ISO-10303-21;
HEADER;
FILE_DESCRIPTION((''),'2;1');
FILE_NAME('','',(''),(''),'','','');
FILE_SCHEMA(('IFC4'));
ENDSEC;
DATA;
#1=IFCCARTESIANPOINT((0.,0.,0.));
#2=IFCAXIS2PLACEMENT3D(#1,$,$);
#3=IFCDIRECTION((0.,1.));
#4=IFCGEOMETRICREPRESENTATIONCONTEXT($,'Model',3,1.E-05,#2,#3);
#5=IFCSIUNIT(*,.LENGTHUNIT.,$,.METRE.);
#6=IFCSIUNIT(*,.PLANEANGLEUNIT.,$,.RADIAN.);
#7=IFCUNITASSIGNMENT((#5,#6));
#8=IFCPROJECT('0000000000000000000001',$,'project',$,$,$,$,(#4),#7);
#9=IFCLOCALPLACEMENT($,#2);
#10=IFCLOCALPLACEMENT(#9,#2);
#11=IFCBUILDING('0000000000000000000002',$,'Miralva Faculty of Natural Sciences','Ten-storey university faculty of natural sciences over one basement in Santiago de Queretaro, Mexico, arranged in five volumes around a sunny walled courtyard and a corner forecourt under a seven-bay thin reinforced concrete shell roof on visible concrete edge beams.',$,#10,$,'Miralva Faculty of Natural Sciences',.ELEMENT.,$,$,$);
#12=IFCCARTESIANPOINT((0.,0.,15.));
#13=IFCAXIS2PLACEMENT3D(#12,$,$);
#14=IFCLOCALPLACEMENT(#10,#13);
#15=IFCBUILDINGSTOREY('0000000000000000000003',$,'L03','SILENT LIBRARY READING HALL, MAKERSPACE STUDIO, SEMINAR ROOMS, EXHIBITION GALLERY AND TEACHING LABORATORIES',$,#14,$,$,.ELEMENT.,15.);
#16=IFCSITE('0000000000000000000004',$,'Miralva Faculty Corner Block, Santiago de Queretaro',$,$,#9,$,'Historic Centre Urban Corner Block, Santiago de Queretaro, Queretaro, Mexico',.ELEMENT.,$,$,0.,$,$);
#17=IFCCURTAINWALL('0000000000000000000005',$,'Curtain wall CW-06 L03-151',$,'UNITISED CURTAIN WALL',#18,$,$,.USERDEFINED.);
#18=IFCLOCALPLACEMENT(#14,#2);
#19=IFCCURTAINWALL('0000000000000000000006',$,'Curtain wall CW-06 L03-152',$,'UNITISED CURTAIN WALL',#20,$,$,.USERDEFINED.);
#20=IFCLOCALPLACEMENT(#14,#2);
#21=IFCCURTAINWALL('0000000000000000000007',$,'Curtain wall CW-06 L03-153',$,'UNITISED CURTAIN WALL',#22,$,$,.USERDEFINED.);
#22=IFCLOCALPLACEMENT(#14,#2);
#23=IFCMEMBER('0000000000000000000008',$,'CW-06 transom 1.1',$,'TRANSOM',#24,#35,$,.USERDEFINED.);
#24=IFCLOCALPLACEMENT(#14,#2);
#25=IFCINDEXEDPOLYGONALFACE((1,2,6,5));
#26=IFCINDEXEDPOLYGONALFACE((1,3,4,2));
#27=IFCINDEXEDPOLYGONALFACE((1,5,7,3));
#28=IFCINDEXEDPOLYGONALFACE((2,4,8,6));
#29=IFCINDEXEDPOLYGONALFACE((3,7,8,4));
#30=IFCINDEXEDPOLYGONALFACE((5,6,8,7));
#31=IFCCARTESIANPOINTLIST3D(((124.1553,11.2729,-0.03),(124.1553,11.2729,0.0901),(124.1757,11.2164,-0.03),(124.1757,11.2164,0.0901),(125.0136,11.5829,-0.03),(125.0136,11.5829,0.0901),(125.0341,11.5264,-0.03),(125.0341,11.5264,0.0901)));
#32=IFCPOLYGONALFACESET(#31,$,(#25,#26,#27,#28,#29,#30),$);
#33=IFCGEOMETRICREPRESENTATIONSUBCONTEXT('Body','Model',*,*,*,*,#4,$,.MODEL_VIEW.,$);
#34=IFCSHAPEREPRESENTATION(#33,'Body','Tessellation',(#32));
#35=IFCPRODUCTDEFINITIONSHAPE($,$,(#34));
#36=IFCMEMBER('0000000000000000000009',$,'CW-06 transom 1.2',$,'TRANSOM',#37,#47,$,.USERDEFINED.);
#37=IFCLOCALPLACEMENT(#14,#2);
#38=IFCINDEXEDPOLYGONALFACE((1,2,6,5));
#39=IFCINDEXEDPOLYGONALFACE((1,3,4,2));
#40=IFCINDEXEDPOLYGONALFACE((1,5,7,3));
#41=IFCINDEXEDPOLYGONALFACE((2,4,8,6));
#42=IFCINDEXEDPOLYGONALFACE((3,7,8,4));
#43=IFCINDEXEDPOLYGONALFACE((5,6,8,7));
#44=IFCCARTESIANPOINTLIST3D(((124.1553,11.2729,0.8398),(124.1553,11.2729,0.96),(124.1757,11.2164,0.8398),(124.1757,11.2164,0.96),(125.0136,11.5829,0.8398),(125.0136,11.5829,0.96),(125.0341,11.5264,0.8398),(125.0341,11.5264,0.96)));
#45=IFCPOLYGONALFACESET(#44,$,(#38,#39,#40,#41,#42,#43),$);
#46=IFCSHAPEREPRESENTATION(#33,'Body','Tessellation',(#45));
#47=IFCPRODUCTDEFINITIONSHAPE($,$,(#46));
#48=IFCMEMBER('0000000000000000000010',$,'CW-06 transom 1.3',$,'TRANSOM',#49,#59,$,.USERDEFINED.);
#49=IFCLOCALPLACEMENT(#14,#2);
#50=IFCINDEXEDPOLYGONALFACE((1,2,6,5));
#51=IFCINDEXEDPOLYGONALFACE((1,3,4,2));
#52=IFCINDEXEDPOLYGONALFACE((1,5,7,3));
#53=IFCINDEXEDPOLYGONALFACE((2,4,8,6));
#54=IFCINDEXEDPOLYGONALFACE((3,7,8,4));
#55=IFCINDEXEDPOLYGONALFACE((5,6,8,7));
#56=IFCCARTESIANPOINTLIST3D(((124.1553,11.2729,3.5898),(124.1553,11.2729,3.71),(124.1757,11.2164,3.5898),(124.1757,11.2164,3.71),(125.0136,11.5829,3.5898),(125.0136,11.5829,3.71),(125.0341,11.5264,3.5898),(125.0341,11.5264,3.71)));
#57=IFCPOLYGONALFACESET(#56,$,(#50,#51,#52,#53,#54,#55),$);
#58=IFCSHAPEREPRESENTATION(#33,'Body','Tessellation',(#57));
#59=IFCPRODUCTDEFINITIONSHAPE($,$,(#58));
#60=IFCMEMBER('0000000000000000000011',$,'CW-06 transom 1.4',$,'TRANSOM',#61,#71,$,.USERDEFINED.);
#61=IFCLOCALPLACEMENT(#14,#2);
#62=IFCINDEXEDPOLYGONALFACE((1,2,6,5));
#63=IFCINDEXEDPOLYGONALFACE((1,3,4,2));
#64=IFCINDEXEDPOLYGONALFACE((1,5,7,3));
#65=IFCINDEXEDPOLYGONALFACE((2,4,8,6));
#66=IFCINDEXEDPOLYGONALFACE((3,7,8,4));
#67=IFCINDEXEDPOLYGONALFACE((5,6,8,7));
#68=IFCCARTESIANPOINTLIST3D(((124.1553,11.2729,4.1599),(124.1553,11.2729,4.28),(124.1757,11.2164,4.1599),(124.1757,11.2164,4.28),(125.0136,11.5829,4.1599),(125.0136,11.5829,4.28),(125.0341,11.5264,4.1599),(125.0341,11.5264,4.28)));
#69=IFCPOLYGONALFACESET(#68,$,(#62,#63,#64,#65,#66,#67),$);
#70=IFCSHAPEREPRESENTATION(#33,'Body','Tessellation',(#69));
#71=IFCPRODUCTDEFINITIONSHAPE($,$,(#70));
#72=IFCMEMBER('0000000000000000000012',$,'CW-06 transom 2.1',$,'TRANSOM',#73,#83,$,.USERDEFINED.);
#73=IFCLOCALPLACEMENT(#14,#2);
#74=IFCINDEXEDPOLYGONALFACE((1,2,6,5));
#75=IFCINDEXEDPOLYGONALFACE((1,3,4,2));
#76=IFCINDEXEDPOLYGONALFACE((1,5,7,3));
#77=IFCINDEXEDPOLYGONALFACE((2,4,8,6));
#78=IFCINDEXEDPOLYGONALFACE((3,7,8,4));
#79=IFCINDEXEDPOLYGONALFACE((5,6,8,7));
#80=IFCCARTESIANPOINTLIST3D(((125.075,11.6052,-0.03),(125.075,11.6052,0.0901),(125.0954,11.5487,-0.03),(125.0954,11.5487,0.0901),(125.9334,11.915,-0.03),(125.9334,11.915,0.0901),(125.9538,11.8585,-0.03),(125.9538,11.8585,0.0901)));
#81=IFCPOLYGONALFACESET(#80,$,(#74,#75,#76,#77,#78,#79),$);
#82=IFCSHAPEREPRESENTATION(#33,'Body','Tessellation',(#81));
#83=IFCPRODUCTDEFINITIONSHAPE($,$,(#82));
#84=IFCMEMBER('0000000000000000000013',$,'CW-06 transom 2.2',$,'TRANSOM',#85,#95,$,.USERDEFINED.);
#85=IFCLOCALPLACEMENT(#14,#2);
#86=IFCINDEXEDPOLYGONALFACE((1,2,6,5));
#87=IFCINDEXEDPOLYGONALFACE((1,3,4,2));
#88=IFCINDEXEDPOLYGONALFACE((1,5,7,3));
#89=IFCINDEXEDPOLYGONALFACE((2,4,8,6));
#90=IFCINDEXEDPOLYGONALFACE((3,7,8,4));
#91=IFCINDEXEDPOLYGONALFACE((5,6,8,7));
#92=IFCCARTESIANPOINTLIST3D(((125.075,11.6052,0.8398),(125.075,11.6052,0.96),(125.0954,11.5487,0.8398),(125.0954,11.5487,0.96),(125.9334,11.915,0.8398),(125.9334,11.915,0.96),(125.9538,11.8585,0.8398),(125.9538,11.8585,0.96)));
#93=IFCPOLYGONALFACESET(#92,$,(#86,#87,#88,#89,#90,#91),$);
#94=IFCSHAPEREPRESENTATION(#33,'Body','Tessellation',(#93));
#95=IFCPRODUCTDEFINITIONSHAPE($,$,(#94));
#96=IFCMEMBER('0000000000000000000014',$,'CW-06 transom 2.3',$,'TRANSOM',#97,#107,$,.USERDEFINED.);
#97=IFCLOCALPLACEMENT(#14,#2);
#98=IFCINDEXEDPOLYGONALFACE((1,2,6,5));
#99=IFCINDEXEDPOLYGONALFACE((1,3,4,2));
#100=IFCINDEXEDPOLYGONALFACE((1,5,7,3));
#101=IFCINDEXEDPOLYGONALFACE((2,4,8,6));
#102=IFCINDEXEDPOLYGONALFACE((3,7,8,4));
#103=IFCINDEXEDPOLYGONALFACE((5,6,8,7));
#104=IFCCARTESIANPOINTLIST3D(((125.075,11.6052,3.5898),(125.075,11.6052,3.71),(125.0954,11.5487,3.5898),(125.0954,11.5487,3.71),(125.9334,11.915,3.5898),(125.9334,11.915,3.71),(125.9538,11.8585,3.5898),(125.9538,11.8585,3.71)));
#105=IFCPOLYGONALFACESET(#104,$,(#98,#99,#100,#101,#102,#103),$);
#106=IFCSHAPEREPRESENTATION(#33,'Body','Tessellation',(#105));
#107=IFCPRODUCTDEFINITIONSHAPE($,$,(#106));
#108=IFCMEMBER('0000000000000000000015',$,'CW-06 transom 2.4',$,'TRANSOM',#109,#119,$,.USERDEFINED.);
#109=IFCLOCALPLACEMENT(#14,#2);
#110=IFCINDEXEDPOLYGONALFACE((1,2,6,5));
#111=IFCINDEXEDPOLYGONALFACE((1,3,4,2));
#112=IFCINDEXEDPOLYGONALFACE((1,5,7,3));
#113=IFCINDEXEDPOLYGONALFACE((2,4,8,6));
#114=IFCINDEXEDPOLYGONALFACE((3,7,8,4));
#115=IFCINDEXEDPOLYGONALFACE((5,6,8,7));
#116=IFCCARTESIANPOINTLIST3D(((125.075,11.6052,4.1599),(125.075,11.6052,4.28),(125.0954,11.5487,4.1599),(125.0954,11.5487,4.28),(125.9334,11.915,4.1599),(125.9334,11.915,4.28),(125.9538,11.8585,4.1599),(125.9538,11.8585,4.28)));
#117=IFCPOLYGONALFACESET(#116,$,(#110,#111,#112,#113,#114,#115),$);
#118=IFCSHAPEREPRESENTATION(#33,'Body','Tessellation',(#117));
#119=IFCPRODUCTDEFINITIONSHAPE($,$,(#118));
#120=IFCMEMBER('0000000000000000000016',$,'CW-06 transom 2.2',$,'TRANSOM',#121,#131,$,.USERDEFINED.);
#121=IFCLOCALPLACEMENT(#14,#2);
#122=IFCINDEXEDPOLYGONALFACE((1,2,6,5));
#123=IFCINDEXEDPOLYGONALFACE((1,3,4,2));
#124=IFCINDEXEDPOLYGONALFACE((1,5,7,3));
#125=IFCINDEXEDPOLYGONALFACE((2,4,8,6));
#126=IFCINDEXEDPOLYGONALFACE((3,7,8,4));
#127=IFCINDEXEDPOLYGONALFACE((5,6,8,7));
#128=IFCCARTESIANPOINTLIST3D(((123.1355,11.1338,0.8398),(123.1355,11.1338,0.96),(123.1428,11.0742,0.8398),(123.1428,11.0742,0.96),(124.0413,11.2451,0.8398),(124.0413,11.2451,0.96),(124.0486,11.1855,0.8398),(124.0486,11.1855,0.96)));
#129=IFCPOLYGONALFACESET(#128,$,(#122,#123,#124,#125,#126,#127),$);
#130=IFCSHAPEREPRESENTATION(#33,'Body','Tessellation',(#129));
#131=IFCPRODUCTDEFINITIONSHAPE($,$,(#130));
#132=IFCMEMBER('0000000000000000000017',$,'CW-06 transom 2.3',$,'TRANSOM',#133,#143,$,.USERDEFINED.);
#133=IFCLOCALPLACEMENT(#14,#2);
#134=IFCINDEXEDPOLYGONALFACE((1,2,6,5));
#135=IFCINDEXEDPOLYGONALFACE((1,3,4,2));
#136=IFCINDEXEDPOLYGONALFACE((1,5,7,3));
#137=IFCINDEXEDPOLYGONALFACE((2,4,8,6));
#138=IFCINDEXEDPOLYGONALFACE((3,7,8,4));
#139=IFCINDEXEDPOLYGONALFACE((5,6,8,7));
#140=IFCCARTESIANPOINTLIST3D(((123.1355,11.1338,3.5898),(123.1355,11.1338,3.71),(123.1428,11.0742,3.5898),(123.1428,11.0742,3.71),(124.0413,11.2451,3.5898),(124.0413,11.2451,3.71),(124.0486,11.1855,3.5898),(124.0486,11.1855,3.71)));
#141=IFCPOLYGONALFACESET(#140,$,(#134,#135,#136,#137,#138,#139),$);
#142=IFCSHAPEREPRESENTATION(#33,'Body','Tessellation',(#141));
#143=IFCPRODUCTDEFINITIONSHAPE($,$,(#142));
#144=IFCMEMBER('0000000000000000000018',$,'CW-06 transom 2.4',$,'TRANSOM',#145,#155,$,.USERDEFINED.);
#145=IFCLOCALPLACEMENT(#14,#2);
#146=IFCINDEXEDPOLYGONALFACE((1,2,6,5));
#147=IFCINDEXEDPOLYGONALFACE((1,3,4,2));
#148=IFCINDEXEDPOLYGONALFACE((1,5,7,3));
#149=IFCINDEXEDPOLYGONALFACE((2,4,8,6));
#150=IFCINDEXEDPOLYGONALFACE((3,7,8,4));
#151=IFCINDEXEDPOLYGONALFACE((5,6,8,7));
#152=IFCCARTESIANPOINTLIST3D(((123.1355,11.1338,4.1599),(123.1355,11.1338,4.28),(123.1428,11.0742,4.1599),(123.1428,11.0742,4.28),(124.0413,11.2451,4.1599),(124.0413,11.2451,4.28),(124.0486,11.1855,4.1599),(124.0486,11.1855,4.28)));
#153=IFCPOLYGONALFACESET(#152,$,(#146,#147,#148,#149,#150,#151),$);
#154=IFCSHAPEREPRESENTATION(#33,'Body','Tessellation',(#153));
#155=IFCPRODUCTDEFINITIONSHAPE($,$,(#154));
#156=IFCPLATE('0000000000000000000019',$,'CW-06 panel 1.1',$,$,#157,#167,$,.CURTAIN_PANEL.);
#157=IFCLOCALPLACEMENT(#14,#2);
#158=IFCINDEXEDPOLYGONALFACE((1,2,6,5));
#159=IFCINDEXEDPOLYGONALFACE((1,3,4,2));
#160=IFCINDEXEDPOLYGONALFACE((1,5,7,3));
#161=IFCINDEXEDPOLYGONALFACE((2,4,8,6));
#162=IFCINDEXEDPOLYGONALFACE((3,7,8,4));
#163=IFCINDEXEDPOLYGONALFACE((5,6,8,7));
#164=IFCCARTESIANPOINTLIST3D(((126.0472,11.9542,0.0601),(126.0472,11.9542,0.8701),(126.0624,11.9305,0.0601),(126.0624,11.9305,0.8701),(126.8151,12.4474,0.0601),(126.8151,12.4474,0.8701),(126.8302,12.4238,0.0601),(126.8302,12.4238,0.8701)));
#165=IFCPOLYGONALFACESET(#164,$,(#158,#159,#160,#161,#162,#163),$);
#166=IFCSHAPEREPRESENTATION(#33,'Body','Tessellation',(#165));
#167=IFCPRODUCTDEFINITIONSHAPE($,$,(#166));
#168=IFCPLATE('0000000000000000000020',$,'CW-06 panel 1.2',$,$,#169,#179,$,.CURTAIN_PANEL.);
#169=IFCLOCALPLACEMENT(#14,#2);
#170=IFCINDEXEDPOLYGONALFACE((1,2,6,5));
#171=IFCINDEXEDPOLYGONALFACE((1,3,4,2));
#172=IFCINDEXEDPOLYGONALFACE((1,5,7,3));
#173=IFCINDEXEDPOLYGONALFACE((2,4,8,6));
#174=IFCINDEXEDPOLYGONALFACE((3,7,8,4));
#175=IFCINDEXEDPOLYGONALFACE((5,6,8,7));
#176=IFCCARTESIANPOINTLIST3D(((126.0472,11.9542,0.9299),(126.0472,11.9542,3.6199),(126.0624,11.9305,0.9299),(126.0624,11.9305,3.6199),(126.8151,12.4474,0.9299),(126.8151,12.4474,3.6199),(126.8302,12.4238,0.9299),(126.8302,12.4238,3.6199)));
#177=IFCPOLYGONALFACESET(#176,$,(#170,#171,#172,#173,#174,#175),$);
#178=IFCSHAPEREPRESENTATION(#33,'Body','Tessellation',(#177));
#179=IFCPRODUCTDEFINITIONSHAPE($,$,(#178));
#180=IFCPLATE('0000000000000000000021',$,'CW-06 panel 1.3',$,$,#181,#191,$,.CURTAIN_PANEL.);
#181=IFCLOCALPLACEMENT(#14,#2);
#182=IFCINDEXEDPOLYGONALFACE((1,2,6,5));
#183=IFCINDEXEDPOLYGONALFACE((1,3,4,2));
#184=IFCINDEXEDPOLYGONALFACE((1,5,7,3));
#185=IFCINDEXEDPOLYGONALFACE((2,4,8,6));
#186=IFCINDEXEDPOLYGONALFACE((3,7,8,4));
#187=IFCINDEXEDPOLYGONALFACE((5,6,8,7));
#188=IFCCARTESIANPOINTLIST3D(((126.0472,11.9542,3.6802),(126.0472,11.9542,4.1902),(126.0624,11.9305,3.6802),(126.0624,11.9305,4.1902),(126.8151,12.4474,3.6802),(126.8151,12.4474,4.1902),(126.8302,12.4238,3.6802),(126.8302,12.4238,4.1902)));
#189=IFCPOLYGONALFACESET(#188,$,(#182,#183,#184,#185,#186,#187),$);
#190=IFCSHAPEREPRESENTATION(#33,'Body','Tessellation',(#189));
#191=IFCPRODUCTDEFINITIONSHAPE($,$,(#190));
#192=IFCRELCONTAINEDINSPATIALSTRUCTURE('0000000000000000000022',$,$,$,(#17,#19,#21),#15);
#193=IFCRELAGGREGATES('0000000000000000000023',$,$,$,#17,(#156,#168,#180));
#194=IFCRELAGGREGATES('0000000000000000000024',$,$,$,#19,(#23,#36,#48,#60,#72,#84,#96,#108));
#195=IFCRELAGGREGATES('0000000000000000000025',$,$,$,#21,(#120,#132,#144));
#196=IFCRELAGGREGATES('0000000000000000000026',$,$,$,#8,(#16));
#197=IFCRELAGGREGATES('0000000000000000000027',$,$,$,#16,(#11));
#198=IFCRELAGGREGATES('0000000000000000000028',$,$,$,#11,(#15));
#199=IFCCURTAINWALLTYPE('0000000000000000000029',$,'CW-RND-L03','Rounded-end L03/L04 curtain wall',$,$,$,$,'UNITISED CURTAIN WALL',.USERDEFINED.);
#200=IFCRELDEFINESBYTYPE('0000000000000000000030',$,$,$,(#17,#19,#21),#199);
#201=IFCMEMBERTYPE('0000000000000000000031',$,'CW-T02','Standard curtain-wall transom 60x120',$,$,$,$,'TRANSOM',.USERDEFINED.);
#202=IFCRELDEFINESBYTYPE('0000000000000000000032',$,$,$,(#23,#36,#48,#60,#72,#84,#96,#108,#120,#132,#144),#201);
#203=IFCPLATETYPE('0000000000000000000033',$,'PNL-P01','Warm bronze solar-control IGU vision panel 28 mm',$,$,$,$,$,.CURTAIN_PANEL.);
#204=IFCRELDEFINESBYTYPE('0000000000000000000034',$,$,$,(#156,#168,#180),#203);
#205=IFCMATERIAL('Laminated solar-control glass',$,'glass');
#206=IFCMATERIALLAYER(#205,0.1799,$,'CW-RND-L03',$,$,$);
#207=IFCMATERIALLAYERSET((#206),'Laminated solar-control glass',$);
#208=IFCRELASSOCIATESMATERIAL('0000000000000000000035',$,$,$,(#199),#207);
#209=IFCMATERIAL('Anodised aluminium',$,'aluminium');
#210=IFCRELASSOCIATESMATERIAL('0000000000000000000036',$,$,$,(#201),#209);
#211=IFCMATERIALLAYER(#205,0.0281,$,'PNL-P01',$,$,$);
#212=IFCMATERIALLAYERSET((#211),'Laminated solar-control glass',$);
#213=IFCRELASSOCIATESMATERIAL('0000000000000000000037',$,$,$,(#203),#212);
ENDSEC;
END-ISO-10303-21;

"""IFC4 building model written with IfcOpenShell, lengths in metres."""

from ifc_helpers import new_model, si_unit, direction, frame, origin, origin_2d, place, context, subcontext, project, spatial, rectangle, extrude, material, layer, layer_set, material_profile, profile_set, type_object, element, aggregate, save


model = new_model("IFC4")

# Units and contexts
model_context = context("Model", 3, precision=1e-05, world=origin(), true_north=direction((0.0, 1.0)))
body_context = subcontext(model_context, "Body", "Model", "MODEL_VIEW")
ifc_project = project(units=[si_unit("LENGTHUNIT", "METRE"), si_unit("PLANEANGLEUNIT", "RADIAN")], contexts=[model_context])

# Site, building, storey
site_placement = place(None, origin())
site = spatial("IfcSite", under=ifc_project, at=site_placement, Name="Miralva Faculty Corner Block, Santiago de Queretaro", LongName="Historic Centre Urban Corner Block, Santiago de Queretaro, Queretaro, Mexico", CompositionType="ELEMENT", RefElevation=0.0)
building_placement = place(site_placement, origin())
building = spatial("IfcBuilding", under=site, at=building_placement, Name="Miralva Faculty of Natural Sciences", Description="Ten-storey university faculty of natural sciences over one basement in Santiago de Queretaro, Mexico, arranged in five volumes around a sunny walled courtyard and a corner forecourt under a seven-bay thin reinforced concrete shell roof on visible concrete edge beams.", LongName="Miralva Faculty of Natural Sciences", CompositionType="ELEMENT")
storey_placement = place(building_placement, frame((0.0, 0.0, 15.0)))
storey = spatial("IfcBuildingStorey", under=building, at=storey_placement, Name="L03", Description="SILENT LIBRARY READING HALL, MAKERSPACE STUDIO, SEMINAR ROOMS, EXHIBITION GALLERY AND TEACHING LABORATORIES", CompositionType="ELEMENT", Elevation=15.0)

# Curtain walls
ifc_material_1 = material(Name="Laminated solar-control glass", Category="glass")
ifc_layer_1 = layer(ifc_material_1, 0.1799, Name="CW-RND-L03")
ifc_layer_set_1 = layer_set([ifc_layer_1], Name="Laminated solar-control glass")
curtain_wall_type = type_object("IfcCurtainWallType", Name="CW-RND-L03", Description="Rounded-end L03/L04 curtain wall", ElementType="UNITISED CURTAIN WALL", PredefinedType="USERDEFINED", material=ifc_layer_set_1)
curtain_wall_1_placement = place(storey_placement, origin())
curtain_wall_1 = element("IfcCurtainWall", 1, at=curtain_wall_1_placement, inside=storey, type_object=curtain_wall_type, Name="Curtain wall CW-06 L03-151", ObjectType="UNITISED CURTAIN WALL", PredefinedType="USERDEFINED")
ifc_material_2 = material(Name="Anodised aluminium", Category="aluminium")
curtain_wall_2_placement = place(storey_placement, origin())
curtain_wall_2 = element("IfcCurtainWall", 2, at=curtain_wall_2_placement, inside=storey, type_object=curtain_wall_type, Name="Curtain wall CW-06 L03-152", ObjectType="UNITISED CURTAIN WALL", PredefinedType="USERDEFINED")

# Curtain wall
curtain_wall_3_placement = place(storey_placement, origin())
curtain_wall_3 = element("IfcCurtainWall", 3, at=curtain_wall_3_placement, inside=storey, type_object=curtain_wall_type, Name="Curtain wall CW-06 L03-153", ObjectType="UNITISED CURTAIN WALL", PredefinedType="USERDEFINED")

# Members
ifc_material_profile_1 = material_profile(ifc_material_2, rectangle(XDim=0.0601, YDim=0.1201, at=origin_2d()), Name="TRANSOM 60x120")
ifc_profile_set_1 = profile_set([ifc_material_profile_1], Name="Anodised aluminium")
member_type_1 = type_object("IfcMemberType", Name="CW-T02", Description="Standard curtain-wall transom 60x120", ElementType="TRANSOM", PredefinedType="USERDEFINED", material=ifc_profile_set_1)
member_1_placement = place(storey_placement, frame((124.1655, 11.2446, 0.03), z_axis=(0.940525, 0.339723, 0.0), x_axis=(-0.339723, 0.940525, 0.0)))
member_1 = element("IfcMember", 4, at=member_1_placement, type_object=member_type_1, Name="CW-06 transom 1.1", ObjectType="TRANSOM", PredefinedType="USERDEFINED", context=body_context, shape_type="SweptSolid", body=[
    extrude(rectangle(XDim=0.0601, YDim=0.1201, at=origin_2d()), origin(), (0.0, 0.0, 1.0), 0.9126),
])
member_2_placement = place(storey_placement, frame((124.1655, 11.2446, 0.8999), z_axis=(0.940525, 0.339723, 0.0), x_axis=(-0.339723, 0.940525, 0.0)))
member_2 = element("IfcMember", 5, at=member_2_placement, type_object=member_type_1, Name="CW-06 transom 1.2", ObjectType="TRANSOM", PredefinedType="USERDEFINED", context=body_context, shape_type="SweptSolid", body=[
    extrude(rectangle(XDim=0.0601, YDim=0.1201, at=origin_2d()), origin(), (0.0, 0.0, 1.0), 0.9126),
])
member_3_placement = place(storey_placement, frame((124.1655, 11.2446, 3.6499), z_axis=(0.940525, 0.339723, 0.0), x_axis=(-0.339723, 0.940525, 0.0)))
member_3 = element("IfcMember", 6, at=member_3_placement, type_object=member_type_1, Name="CW-06 transom 1.3", ObjectType="TRANSOM", PredefinedType="USERDEFINED", context=body_context, shape_type="SweptSolid", body=[
    extrude(rectangle(XDim=0.0601, YDim=0.1201, at=origin_2d()), origin(), (0.0, 0.0, 1.0), 0.9126),
])
member_4_placement = place(storey_placement, frame((124.1655, 11.2446, 4.22), z_axis=(0.940525, 0.339723, 0.0), x_axis=(-0.339723, 0.940525, 0.0)))
member_4 = element("IfcMember", 7, at=member_4_placement, type_object=member_type_1, Name="CW-06 transom 1.4", ObjectType="TRANSOM", PredefinedType="USERDEFINED", context=body_context, shape_type="SweptSolid", body=[
    extrude(rectangle(XDim=0.0601, YDim=0.1201, at=origin_2d()), origin(), (0.0, 0.0, 1.0), 0.9126),
])
member_5_placement = place(storey_placement, frame((125.0852, 11.5769, 0.03), z_axis=(0.940611, 0.339487, 0.0), x_axis=(-0.339487, 0.940611, 0.0)))
member_5 = element("IfcMember", 8, at=member_5_placement, type_object=member_type_1, Name="CW-06 transom 2.1", ObjectType="TRANSOM", PredefinedType="USERDEFINED", context=body_context, shape_type="SweptSolid", body=[
    extrude(rectangle(XDim=0.0601, YDim=0.1201, at=origin_2d()), origin(), (0.0, 0.0, 1.0), 0.9126),
])
member_6_placement = place(storey_placement, frame((125.0852, 11.5769, 0.8999), z_axis=(0.940611, 0.339487, 0.0), x_axis=(-0.339487, 0.940611, 0.0)))
member_6 = element("IfcMember", 9, at=member_6_placement, type_object=member_type_1, Name="CW-06 transom 2.2", ObjectType="TRANSOM", PredefinedType="USERDEFINED", context=body_context, shape_type="SweptSolid", body=[
    extrude(rectangle(XDim=0.0601, YDim=0.1201, at=origin_2d()), origin(), (0.0, 0.0, 1.0), 0.9126),
])
member_7_placement = place(storey_placement, frame((125.0852, 11.5769, 3.6499), z_axis=(0.940611, 0.339487, 0.0), x_axis=(-0.339487, 0.940611, 0.0)))
member_7 = element("IfcMember", 10, at=member_7_placement, type_object=member_type_1, Name="CW-06 transom 2.3", ObjectType="TRANSOM", PredefinedType="USERDEFINED", context=body_context, shape_type="SweptSolid", body=[
    extrude(rectangle(XDim=0.0601, YDim=0.1201, at=origin_2d()), origin(), (0.0, 0.0, 1.0), 0.9126),
])
member_8_placement = place(storey_placement, frame((125.0852, 11.5769, 4.22), z_axis=(0.940611, 0.339487, 0.0), x_axis=(-0.339487, 0.940611, 0.0)))
member_8 = element("IfcMember", 11, at=member_8_placement, type_object=member_type_1, Name="CW-06 transom 2.4", ObjectType="TRANSOM", PredefinedType="USERDEFINED", context=body_context, shape_type="SweptSolid", body=[
    extrude(rectangle(XDim=0.0601, YDim=0.1201, at=origin_2d()), origin(), (0.0, 0.0, 1.0), 0.9126),
])
member_9_placement = place(storey_placement, frame((123.1392, 11.104, 0.8999), z_axis=(0.992531, 0.121993, 0.0), x_axis=(-0.121993, 0.992531, 0.0)))
member_9 = element("IfcMember", 12, at=member_9_placement, type_object=member_type_1, Name="CW-06 transom 2.2", ObjectType="TRANSOM", PredefinedType="USERDEFINED", context=body_context, shape_type="SweptSolid", body=[
    extrude(rectangle(XDim=0.0601, YDim=0.1201, at=origin_2d()), origin(), (0.0, 0.0, 1.0), 0.9126),
])
member_10_placement = place(storey_placement, frame((123.1392, 11.104, 3.6499), z_axis=(0.992531, 0.121993, 0.0), x_axis=(-0.121993, 0.992531, 0.0)))
member_10 = element("IfcMember", 13, at=member_10_placement, type_object=member_type_1, Name="CW-06 transom 2.3", ObjectType="TRANSOM", PredefinedType="USERDEFINED", context=body_context, shape_type="SweptSolid", body=[
    extrude(rectangle(XDim=0.0601, YDim=0.1201, at=origin_2d()), origin(), (0.0, 0.0, 1.0), 0.9126),
])
member_11_placement = place(storey_placement, frame((123.1392, 11.104, 4.22), z_axis=(0.992531, 0.121993, 0.0), x_axis=(-0.121993, 0.992531, 0.0)))
member_11 = element("IfcMember", 14, at=member_11_placement, type_object=member_type_1, Name="CW-06 transom 2.4", ObjectType="TRANSOM", PredefinedType="USERDEFINED", context=body_context, shape_type="SweptSolid", body=[
    extrude(rectangle(XDim=0.0601, YDim=0.1201, at=origin_2d()), origin(), (0.0, 0.0, 1.0), 0.9126),
])

# Plates
ifc_layer_2 = layer(ifc_material_1, 0.0281, Name="PNL-P01")
ifc_layer_set_2 = layer_set([ifc_layer_2], Name="Laminated solar-control glass")
plate_type = type_object("IfcPlateType", Name="PNL-P01", Description="Warm bronze solar-control IGU vision panel 28 mm", PredefinedType="CURTAIN_PANEL", material=ifc_layer_set_2)
plate_1_placement = place(storey_placement, frame((126.4387, 12.189, 0.0601), z_axis=(0.0, 0.0, 1.0), x_axis=(0.841379, 0.540445, 0.0)))
plate_1 = element("IfcPlate", 15, at=plate_1_placement, type_object=plate_type, Name="CW-06 panel 1.1", PredefinedType="CURTAIN_PANEL", context=body_context, shape_type="SweptSolid", body=[
    extrude(rectangle(XDim=0.9126, YDim=0.0281, at=origin_2d()), origin(), (0.0, 0.0, 1.0), 0.8101),
])
plate_2_placement = place(storey_placement, frame((126.4387, 12.189, 0.9299), z_axis=(0.0, 0.0, 1.0), x_axis=(0.841379, 0.540445, 0.0)))
plate_2 = element("IfcPlate", 16, at=plate_2_placement, type_object=plate_type, Name="CW-06 panel 1.2", PredefinedType="CURTAIN_PANEL", context=body_context, shape_type="SweptSolid", body=[
    extrude(rectangle(XDim=0.9126, YDim=0.0281, at=origin_2d()), origin(), (0.0, 0.0, 1.0), 2.6899),
])
plate_3_placement = place(storey_placement, frame((126.4387, 12.189, 3.6802), z_axis=(0.0, 0.0, 1.0), x_axis=(0.841379, 0.540445, 0.0)))
plate_3 = element("IfcPlate", 17, at=plate_3_placement, type_object=plate_type, Name="CW-06 panel 1.3", PredefinedType="CURTAIN_PANEL", context=body_context, shape_type="SweptSolid", body=[
    extrude(rectangle(XDim=0.9126, YDim=0.0281, at=origin_2d()), origin(), (0.0, 0.0, 1.0), 0.51),
])
aggregate(curtain_wall_1, [plate_1, plate_2, plate_3])
aggregate(curtain_wall_2, [member_1, member_2, member_3, member_4, member_5, member_6, member_7, member_8])
aggregate(curtain_wall_3, [member_9, member_10, member_11])

save(model, "model.ifc")
